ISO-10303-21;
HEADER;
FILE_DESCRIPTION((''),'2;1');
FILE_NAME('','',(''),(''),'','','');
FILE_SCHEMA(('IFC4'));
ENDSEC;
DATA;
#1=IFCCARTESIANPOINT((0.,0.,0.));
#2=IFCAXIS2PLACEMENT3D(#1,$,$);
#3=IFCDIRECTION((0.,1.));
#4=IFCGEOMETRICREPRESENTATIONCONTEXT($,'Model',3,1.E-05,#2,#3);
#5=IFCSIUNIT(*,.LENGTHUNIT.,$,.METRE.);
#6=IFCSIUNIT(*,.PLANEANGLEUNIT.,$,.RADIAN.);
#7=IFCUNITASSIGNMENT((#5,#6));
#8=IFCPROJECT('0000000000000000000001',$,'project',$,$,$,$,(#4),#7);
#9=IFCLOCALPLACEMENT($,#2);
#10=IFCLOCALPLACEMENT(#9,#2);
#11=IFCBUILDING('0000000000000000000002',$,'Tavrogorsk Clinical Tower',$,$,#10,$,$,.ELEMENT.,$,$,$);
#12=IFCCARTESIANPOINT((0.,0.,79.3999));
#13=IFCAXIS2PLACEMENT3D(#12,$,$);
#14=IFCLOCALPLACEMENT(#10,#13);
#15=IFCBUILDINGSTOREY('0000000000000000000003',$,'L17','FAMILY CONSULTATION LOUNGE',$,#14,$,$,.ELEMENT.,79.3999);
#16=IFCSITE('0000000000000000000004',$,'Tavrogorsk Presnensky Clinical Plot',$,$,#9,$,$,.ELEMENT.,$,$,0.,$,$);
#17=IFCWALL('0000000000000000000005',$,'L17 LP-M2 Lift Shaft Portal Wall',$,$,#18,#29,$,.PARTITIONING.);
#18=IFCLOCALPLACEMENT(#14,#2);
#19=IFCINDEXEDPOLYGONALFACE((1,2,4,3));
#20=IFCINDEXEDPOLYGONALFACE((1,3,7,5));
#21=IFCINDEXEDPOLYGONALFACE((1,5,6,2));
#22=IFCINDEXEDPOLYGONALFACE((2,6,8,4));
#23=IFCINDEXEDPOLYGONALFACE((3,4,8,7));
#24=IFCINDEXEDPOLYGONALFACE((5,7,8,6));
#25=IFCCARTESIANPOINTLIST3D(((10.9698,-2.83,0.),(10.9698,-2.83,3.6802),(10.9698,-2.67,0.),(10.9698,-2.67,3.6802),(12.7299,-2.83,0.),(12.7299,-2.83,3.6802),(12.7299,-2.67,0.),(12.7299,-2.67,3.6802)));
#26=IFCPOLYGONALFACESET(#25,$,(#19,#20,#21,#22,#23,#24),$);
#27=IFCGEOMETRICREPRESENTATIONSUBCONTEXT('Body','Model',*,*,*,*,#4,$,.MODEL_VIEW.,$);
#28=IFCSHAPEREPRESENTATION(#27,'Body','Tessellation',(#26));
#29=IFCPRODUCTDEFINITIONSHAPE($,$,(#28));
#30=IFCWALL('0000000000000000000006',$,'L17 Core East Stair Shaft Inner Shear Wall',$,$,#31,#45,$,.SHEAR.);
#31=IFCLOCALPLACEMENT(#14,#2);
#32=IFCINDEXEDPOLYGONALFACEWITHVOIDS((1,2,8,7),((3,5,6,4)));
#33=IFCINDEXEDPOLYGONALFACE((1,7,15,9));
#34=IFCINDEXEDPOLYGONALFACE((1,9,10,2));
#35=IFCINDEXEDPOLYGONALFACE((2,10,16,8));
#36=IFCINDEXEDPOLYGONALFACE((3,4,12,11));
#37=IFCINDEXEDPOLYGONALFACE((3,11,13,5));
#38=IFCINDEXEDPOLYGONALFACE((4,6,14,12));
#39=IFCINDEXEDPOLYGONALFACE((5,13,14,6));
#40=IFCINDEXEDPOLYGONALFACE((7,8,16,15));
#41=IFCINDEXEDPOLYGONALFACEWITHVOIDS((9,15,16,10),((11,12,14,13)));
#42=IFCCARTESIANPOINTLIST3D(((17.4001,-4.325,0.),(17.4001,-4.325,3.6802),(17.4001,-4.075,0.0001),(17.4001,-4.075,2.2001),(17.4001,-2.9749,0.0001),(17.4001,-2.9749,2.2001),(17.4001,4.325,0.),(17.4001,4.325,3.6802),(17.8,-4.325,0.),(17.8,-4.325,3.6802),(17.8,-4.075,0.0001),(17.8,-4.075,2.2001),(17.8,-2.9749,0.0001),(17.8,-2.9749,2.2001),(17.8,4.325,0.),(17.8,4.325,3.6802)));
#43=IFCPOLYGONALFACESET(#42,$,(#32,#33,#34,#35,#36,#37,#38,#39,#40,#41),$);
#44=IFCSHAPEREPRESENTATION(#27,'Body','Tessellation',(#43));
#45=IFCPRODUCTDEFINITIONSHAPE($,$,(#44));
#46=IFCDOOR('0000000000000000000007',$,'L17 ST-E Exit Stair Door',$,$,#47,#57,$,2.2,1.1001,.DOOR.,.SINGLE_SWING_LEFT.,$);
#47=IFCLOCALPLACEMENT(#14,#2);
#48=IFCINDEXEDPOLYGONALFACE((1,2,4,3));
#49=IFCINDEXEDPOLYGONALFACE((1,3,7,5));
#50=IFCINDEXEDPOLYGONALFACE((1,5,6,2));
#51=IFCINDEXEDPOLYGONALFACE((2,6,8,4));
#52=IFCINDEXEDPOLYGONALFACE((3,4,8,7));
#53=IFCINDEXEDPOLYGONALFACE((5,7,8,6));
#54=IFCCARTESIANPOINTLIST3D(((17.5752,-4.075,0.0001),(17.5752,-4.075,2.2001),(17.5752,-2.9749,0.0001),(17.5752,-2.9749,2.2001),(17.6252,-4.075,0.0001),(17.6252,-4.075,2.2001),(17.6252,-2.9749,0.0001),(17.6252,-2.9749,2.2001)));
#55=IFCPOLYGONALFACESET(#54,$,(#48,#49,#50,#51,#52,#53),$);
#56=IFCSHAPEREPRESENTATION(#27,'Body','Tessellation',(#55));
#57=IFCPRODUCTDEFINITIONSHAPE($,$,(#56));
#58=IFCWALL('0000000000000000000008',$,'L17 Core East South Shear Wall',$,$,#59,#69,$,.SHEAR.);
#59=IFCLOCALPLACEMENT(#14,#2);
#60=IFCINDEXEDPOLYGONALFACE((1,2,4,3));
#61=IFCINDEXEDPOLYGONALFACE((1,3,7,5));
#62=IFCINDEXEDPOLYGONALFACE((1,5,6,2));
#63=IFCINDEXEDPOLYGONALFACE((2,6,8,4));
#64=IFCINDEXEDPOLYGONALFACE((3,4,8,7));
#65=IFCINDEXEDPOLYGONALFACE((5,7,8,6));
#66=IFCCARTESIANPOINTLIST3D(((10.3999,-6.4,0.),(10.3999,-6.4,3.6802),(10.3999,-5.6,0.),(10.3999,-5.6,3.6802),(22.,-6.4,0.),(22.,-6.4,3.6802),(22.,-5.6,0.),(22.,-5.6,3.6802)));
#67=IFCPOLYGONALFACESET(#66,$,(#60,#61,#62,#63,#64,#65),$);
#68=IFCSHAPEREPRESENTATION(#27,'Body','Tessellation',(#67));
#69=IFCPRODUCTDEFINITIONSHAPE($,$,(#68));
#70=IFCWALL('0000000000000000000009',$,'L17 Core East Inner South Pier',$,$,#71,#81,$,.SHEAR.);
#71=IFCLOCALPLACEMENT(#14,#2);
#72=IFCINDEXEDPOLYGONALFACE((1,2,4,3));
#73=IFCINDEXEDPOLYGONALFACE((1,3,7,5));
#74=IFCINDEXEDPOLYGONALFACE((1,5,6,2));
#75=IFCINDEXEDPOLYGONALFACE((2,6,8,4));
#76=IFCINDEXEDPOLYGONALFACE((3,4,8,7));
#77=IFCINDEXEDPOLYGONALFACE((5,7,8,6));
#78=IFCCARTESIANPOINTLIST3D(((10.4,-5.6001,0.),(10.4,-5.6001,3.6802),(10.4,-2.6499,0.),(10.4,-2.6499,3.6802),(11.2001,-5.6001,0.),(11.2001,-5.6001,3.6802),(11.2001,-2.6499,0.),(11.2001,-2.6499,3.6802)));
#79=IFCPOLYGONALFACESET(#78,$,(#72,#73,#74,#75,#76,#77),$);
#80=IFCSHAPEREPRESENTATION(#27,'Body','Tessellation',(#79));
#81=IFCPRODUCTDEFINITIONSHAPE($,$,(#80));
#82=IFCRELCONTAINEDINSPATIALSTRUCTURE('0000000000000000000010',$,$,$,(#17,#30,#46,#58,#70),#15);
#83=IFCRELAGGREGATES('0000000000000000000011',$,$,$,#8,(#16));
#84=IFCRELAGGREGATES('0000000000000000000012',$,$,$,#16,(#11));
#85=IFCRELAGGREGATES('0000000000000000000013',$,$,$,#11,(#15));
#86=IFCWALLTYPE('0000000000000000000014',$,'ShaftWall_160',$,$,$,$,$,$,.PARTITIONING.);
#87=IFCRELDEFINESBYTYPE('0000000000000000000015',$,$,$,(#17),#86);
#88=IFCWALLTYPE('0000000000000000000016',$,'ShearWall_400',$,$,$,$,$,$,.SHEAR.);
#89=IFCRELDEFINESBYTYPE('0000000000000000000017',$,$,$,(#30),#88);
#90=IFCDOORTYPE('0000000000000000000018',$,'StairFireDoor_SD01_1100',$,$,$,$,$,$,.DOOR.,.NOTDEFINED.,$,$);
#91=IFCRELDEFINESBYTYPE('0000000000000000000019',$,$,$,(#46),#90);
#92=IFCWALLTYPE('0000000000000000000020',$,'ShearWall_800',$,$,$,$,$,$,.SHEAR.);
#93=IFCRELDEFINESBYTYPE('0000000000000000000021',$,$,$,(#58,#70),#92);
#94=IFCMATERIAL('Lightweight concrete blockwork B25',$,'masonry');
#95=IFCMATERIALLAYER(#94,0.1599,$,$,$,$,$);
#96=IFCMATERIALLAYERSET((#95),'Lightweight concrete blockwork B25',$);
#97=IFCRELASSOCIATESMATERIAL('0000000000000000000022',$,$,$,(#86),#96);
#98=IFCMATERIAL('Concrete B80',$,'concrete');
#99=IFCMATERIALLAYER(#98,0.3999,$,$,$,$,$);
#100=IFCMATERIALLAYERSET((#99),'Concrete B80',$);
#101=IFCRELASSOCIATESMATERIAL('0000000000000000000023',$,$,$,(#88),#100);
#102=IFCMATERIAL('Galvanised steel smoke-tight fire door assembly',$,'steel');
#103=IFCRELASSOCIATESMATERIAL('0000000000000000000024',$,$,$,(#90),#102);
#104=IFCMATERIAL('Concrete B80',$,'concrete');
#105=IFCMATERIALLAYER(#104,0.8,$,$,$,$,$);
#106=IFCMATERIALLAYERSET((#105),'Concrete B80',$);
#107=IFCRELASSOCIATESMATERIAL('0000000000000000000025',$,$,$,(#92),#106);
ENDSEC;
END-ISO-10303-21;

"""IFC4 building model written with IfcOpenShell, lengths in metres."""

from ifc_helpers import new_model, si_unit, direction, frame, frame_2d, origin, place, context, subcontext, project, spatial, rectangle, extrude, material, layer, layer_set, type_object, element, fill, save


model = new_model("IFC4")

# Units and contexts
model_context = context("Model", 3, precision=1e-05, world=origin(), true_north=direction((0.0, 1.0)))
body_context = subcontext(model_context, "Body", "Model", "MODEL_VIEW")
ifc_project = project(units=[si_unit("LENGTHUNIT", "METRE"), si_unit("PLANEANGLEUNIT", "RADIAN")], contexts=[model_context])

# Site, building, storey
site_placement = place(None, origin())
site = spatial("IfcSite", under=ifc_project, at=site_placement, Name="Tavrogorsk Presnensky Clinical Plot", CompositionType="ELEMENT", RefElevation=0.0)
building_placement = place(site_placement, origin())
building = spatial("IfcBuilding", under=site, at=building_placement, Name="Tavrogorsk Clinical Tower", CompositionType="ELEMENT")
storey_placement = place(building_placement, frame((0.0, 0.0, 79.3999)))
storey = spatial("IfcBuildingStorey", under=building, at=storey_placement, Name="L17", Description="FAMILY CONSULTATION LOUNGE", CompositionType="ELEMENT", Elevation=79.3999)

# Shared definitions
ifc_material_1 = material(Name="Lightweight concrete blockwork B25", Category="masonry")
ifc_layer_1 = layer(ifc_material_1, 0.1599)
ifc_layer_set_1 = layer_set([ifc_layer_1], Name="Lightweight concrete blockwork B25")
wall_type_1 = type_object("IfcWallType", Name="ShaftWall_160", PredefinedType="PARTITIONING", material=ifc_layer_set_1)

# Wall
wall_1_placement = place(storey_placement, frame((10.97, -2.75, 0.0), z_axis=(0.0, 0.0, 1.0), x_axis=(1.0, 0.0, 0.0)))
element("IfcWall", 1, at=wall_1_placement, inside=storey, type_object=wall_type_1, Name="L17 LP-M2 Lift Shaft Portal Wall", PredefinedType="PARTITIONING", context=body_context, shape_type="SweptSolid", body=[
    extrude(rectangle(XDim=1.76, YDim=0.1599, at=frame_2d((0.8799, 0.0))), origin(), (0.0, 0.0, 1.0), 3.6802),
])

# Wall, opening, door
ifc_material_2 = material(Name="Concrete B80", Category="concrete")
ifc_layer_2 = layer(ifc_material_2, 0.3999)
ifc_layer_set_2 = layer_set([ifc_layer_2], Name="Concrete B80")
wall_type_2 = type_object("IfcWallType", Name="ShearWall_400", PredefinedType="SHEAR", material=ifc_layer_set_2)
wall_2_placement = place(storey_placement, frame((17.6001, -4.325, 0.0), z_axis=(0.0, 0.0, 1.0), x_axis=(0.0, 1.0, 0.0)))
wall_2 = element("IfcWall", 2, at=wall_2_placement, inside=storey, type_object=wall_type_2, Name="L17 Core East Stair Shaft Inner Shear Wall", PredefinedType="SHEAR", context=body_context, shape_type="SweptSolid", body=[
    extrude(rectangle(XDim=8.6499, YDim=0.3999, at=frame_2d((4.325, 0.0))), origin(), (0.0, 0.0, 1.0), 3.6802),
])
opening_1_placement = place(wall_2_placement, frame((0.25, 0.0, 0.0)))
opening_1 = element("IfcOpeningElement", 3, at=opening_1_placement, cuts=wall_2, PredefinedType="OPENING", context=body_context, shape_type="SweptSolid", body=[
    extrude(rectangle(XDim=1.1001, YDim=2.2, at=frame_2d((0.55, 1.1001))), frame((0.0, 0.21, 0.0), z_axis=(0.0, -1.0, 0.0), x_axis=(1.0, 0.0, 0.0)), (0.0, 0.0, 1.0), 0.4199),
])
ifc_material_3 = material(Name="Galvanised steel smoke-tight fire door assembly", Category="steel")
door_type_1 = type_object("IfcDoorType", Name="StairFireDoor_SD01_1100", OperationType="NOTDEFINED", PredefinedType="DOOR", material=ifc_material_3)
door_1_placement = place(opening_1_placement, origin())
door_1 = element("IfcDoor", 4, at=door_1_placement, inside=storey, type_object=door_type_1, Name="L17 ST-E Exit Stair Door", OperationType="SINGLE_SWING_LEFT", OverallHeight=2.2, OverallWidth=1.1001, PredefinedType="DOOR", context=body_context, shape_type="SweptSolid", body=[
    extrude(rectangle(XDim=1.1001, YDim=2.2, at=frame_2d((0.55, 1.1001))), frame((0.0, 0.0249, 0.0), z_axis=(0.0, -1.0, 0.0), x_axis=(1.0, 0.0, 0.0)), (0.0, 0.0, 1.0), 0.05),
])
fill(opening_1, door_1)

# Walls
ifc_material_4 = material(Name="Concrete B80", Category="concrete")
ifc_layer_3 = layer(ifc_material_4, 0.8)
ifc_layer_set_3 = layer_set([ifc_layer_3], Name="Concrete B80")
wall_type_3 = type_object("IfcWallType", Name="ShearWall_800", PredefinedType="SHEAR", material=ifc_layer_set_3)
wall_3_placement = place(storey_placement, frame((10.3999, -6.0, 0.0), z_axis=(0.0, 0.0, 1.0), x_axis=(1.0, 0.0, 0.0)))
element("IfcWall", 5, at=wall_3_placement, inside=storey, type_object=wall_type_3, Name="L17 Core East South Shear Wall", PredefinedType="SHEAR", context=body_context, shape_type="SweptSolid", body=[
    extrude(rectangle(XDim=11.6001, YDim=0.8, at=frame_2d((5.8, 0.0))), origin(), (0.0, 0.0, 1.0), 3.6802),
])
wall_4_placement = place(storey_placement, frame((10.8, -5.6001, 0.0), z_axis=(0.0, 0.0, 1.0), x_axis=(0.0, 1.0, 0.0)))
element("IfcWall", 6, at=wall_4_placement, inside=storey, type_object=wall_type_3, Name="L17 Core East Inner South Pier", PredefinedType="SHEAR", context=body_context, shape_type="SweptSolid", body=[
    extrude(rectangle(XDim=2.9502, YDim=0.8, at=frame_2d((1.4751, 0.0))), origin(), (0.0, 0.0, 1.0), 3.6802),
])

save(model, "model.ifc")
